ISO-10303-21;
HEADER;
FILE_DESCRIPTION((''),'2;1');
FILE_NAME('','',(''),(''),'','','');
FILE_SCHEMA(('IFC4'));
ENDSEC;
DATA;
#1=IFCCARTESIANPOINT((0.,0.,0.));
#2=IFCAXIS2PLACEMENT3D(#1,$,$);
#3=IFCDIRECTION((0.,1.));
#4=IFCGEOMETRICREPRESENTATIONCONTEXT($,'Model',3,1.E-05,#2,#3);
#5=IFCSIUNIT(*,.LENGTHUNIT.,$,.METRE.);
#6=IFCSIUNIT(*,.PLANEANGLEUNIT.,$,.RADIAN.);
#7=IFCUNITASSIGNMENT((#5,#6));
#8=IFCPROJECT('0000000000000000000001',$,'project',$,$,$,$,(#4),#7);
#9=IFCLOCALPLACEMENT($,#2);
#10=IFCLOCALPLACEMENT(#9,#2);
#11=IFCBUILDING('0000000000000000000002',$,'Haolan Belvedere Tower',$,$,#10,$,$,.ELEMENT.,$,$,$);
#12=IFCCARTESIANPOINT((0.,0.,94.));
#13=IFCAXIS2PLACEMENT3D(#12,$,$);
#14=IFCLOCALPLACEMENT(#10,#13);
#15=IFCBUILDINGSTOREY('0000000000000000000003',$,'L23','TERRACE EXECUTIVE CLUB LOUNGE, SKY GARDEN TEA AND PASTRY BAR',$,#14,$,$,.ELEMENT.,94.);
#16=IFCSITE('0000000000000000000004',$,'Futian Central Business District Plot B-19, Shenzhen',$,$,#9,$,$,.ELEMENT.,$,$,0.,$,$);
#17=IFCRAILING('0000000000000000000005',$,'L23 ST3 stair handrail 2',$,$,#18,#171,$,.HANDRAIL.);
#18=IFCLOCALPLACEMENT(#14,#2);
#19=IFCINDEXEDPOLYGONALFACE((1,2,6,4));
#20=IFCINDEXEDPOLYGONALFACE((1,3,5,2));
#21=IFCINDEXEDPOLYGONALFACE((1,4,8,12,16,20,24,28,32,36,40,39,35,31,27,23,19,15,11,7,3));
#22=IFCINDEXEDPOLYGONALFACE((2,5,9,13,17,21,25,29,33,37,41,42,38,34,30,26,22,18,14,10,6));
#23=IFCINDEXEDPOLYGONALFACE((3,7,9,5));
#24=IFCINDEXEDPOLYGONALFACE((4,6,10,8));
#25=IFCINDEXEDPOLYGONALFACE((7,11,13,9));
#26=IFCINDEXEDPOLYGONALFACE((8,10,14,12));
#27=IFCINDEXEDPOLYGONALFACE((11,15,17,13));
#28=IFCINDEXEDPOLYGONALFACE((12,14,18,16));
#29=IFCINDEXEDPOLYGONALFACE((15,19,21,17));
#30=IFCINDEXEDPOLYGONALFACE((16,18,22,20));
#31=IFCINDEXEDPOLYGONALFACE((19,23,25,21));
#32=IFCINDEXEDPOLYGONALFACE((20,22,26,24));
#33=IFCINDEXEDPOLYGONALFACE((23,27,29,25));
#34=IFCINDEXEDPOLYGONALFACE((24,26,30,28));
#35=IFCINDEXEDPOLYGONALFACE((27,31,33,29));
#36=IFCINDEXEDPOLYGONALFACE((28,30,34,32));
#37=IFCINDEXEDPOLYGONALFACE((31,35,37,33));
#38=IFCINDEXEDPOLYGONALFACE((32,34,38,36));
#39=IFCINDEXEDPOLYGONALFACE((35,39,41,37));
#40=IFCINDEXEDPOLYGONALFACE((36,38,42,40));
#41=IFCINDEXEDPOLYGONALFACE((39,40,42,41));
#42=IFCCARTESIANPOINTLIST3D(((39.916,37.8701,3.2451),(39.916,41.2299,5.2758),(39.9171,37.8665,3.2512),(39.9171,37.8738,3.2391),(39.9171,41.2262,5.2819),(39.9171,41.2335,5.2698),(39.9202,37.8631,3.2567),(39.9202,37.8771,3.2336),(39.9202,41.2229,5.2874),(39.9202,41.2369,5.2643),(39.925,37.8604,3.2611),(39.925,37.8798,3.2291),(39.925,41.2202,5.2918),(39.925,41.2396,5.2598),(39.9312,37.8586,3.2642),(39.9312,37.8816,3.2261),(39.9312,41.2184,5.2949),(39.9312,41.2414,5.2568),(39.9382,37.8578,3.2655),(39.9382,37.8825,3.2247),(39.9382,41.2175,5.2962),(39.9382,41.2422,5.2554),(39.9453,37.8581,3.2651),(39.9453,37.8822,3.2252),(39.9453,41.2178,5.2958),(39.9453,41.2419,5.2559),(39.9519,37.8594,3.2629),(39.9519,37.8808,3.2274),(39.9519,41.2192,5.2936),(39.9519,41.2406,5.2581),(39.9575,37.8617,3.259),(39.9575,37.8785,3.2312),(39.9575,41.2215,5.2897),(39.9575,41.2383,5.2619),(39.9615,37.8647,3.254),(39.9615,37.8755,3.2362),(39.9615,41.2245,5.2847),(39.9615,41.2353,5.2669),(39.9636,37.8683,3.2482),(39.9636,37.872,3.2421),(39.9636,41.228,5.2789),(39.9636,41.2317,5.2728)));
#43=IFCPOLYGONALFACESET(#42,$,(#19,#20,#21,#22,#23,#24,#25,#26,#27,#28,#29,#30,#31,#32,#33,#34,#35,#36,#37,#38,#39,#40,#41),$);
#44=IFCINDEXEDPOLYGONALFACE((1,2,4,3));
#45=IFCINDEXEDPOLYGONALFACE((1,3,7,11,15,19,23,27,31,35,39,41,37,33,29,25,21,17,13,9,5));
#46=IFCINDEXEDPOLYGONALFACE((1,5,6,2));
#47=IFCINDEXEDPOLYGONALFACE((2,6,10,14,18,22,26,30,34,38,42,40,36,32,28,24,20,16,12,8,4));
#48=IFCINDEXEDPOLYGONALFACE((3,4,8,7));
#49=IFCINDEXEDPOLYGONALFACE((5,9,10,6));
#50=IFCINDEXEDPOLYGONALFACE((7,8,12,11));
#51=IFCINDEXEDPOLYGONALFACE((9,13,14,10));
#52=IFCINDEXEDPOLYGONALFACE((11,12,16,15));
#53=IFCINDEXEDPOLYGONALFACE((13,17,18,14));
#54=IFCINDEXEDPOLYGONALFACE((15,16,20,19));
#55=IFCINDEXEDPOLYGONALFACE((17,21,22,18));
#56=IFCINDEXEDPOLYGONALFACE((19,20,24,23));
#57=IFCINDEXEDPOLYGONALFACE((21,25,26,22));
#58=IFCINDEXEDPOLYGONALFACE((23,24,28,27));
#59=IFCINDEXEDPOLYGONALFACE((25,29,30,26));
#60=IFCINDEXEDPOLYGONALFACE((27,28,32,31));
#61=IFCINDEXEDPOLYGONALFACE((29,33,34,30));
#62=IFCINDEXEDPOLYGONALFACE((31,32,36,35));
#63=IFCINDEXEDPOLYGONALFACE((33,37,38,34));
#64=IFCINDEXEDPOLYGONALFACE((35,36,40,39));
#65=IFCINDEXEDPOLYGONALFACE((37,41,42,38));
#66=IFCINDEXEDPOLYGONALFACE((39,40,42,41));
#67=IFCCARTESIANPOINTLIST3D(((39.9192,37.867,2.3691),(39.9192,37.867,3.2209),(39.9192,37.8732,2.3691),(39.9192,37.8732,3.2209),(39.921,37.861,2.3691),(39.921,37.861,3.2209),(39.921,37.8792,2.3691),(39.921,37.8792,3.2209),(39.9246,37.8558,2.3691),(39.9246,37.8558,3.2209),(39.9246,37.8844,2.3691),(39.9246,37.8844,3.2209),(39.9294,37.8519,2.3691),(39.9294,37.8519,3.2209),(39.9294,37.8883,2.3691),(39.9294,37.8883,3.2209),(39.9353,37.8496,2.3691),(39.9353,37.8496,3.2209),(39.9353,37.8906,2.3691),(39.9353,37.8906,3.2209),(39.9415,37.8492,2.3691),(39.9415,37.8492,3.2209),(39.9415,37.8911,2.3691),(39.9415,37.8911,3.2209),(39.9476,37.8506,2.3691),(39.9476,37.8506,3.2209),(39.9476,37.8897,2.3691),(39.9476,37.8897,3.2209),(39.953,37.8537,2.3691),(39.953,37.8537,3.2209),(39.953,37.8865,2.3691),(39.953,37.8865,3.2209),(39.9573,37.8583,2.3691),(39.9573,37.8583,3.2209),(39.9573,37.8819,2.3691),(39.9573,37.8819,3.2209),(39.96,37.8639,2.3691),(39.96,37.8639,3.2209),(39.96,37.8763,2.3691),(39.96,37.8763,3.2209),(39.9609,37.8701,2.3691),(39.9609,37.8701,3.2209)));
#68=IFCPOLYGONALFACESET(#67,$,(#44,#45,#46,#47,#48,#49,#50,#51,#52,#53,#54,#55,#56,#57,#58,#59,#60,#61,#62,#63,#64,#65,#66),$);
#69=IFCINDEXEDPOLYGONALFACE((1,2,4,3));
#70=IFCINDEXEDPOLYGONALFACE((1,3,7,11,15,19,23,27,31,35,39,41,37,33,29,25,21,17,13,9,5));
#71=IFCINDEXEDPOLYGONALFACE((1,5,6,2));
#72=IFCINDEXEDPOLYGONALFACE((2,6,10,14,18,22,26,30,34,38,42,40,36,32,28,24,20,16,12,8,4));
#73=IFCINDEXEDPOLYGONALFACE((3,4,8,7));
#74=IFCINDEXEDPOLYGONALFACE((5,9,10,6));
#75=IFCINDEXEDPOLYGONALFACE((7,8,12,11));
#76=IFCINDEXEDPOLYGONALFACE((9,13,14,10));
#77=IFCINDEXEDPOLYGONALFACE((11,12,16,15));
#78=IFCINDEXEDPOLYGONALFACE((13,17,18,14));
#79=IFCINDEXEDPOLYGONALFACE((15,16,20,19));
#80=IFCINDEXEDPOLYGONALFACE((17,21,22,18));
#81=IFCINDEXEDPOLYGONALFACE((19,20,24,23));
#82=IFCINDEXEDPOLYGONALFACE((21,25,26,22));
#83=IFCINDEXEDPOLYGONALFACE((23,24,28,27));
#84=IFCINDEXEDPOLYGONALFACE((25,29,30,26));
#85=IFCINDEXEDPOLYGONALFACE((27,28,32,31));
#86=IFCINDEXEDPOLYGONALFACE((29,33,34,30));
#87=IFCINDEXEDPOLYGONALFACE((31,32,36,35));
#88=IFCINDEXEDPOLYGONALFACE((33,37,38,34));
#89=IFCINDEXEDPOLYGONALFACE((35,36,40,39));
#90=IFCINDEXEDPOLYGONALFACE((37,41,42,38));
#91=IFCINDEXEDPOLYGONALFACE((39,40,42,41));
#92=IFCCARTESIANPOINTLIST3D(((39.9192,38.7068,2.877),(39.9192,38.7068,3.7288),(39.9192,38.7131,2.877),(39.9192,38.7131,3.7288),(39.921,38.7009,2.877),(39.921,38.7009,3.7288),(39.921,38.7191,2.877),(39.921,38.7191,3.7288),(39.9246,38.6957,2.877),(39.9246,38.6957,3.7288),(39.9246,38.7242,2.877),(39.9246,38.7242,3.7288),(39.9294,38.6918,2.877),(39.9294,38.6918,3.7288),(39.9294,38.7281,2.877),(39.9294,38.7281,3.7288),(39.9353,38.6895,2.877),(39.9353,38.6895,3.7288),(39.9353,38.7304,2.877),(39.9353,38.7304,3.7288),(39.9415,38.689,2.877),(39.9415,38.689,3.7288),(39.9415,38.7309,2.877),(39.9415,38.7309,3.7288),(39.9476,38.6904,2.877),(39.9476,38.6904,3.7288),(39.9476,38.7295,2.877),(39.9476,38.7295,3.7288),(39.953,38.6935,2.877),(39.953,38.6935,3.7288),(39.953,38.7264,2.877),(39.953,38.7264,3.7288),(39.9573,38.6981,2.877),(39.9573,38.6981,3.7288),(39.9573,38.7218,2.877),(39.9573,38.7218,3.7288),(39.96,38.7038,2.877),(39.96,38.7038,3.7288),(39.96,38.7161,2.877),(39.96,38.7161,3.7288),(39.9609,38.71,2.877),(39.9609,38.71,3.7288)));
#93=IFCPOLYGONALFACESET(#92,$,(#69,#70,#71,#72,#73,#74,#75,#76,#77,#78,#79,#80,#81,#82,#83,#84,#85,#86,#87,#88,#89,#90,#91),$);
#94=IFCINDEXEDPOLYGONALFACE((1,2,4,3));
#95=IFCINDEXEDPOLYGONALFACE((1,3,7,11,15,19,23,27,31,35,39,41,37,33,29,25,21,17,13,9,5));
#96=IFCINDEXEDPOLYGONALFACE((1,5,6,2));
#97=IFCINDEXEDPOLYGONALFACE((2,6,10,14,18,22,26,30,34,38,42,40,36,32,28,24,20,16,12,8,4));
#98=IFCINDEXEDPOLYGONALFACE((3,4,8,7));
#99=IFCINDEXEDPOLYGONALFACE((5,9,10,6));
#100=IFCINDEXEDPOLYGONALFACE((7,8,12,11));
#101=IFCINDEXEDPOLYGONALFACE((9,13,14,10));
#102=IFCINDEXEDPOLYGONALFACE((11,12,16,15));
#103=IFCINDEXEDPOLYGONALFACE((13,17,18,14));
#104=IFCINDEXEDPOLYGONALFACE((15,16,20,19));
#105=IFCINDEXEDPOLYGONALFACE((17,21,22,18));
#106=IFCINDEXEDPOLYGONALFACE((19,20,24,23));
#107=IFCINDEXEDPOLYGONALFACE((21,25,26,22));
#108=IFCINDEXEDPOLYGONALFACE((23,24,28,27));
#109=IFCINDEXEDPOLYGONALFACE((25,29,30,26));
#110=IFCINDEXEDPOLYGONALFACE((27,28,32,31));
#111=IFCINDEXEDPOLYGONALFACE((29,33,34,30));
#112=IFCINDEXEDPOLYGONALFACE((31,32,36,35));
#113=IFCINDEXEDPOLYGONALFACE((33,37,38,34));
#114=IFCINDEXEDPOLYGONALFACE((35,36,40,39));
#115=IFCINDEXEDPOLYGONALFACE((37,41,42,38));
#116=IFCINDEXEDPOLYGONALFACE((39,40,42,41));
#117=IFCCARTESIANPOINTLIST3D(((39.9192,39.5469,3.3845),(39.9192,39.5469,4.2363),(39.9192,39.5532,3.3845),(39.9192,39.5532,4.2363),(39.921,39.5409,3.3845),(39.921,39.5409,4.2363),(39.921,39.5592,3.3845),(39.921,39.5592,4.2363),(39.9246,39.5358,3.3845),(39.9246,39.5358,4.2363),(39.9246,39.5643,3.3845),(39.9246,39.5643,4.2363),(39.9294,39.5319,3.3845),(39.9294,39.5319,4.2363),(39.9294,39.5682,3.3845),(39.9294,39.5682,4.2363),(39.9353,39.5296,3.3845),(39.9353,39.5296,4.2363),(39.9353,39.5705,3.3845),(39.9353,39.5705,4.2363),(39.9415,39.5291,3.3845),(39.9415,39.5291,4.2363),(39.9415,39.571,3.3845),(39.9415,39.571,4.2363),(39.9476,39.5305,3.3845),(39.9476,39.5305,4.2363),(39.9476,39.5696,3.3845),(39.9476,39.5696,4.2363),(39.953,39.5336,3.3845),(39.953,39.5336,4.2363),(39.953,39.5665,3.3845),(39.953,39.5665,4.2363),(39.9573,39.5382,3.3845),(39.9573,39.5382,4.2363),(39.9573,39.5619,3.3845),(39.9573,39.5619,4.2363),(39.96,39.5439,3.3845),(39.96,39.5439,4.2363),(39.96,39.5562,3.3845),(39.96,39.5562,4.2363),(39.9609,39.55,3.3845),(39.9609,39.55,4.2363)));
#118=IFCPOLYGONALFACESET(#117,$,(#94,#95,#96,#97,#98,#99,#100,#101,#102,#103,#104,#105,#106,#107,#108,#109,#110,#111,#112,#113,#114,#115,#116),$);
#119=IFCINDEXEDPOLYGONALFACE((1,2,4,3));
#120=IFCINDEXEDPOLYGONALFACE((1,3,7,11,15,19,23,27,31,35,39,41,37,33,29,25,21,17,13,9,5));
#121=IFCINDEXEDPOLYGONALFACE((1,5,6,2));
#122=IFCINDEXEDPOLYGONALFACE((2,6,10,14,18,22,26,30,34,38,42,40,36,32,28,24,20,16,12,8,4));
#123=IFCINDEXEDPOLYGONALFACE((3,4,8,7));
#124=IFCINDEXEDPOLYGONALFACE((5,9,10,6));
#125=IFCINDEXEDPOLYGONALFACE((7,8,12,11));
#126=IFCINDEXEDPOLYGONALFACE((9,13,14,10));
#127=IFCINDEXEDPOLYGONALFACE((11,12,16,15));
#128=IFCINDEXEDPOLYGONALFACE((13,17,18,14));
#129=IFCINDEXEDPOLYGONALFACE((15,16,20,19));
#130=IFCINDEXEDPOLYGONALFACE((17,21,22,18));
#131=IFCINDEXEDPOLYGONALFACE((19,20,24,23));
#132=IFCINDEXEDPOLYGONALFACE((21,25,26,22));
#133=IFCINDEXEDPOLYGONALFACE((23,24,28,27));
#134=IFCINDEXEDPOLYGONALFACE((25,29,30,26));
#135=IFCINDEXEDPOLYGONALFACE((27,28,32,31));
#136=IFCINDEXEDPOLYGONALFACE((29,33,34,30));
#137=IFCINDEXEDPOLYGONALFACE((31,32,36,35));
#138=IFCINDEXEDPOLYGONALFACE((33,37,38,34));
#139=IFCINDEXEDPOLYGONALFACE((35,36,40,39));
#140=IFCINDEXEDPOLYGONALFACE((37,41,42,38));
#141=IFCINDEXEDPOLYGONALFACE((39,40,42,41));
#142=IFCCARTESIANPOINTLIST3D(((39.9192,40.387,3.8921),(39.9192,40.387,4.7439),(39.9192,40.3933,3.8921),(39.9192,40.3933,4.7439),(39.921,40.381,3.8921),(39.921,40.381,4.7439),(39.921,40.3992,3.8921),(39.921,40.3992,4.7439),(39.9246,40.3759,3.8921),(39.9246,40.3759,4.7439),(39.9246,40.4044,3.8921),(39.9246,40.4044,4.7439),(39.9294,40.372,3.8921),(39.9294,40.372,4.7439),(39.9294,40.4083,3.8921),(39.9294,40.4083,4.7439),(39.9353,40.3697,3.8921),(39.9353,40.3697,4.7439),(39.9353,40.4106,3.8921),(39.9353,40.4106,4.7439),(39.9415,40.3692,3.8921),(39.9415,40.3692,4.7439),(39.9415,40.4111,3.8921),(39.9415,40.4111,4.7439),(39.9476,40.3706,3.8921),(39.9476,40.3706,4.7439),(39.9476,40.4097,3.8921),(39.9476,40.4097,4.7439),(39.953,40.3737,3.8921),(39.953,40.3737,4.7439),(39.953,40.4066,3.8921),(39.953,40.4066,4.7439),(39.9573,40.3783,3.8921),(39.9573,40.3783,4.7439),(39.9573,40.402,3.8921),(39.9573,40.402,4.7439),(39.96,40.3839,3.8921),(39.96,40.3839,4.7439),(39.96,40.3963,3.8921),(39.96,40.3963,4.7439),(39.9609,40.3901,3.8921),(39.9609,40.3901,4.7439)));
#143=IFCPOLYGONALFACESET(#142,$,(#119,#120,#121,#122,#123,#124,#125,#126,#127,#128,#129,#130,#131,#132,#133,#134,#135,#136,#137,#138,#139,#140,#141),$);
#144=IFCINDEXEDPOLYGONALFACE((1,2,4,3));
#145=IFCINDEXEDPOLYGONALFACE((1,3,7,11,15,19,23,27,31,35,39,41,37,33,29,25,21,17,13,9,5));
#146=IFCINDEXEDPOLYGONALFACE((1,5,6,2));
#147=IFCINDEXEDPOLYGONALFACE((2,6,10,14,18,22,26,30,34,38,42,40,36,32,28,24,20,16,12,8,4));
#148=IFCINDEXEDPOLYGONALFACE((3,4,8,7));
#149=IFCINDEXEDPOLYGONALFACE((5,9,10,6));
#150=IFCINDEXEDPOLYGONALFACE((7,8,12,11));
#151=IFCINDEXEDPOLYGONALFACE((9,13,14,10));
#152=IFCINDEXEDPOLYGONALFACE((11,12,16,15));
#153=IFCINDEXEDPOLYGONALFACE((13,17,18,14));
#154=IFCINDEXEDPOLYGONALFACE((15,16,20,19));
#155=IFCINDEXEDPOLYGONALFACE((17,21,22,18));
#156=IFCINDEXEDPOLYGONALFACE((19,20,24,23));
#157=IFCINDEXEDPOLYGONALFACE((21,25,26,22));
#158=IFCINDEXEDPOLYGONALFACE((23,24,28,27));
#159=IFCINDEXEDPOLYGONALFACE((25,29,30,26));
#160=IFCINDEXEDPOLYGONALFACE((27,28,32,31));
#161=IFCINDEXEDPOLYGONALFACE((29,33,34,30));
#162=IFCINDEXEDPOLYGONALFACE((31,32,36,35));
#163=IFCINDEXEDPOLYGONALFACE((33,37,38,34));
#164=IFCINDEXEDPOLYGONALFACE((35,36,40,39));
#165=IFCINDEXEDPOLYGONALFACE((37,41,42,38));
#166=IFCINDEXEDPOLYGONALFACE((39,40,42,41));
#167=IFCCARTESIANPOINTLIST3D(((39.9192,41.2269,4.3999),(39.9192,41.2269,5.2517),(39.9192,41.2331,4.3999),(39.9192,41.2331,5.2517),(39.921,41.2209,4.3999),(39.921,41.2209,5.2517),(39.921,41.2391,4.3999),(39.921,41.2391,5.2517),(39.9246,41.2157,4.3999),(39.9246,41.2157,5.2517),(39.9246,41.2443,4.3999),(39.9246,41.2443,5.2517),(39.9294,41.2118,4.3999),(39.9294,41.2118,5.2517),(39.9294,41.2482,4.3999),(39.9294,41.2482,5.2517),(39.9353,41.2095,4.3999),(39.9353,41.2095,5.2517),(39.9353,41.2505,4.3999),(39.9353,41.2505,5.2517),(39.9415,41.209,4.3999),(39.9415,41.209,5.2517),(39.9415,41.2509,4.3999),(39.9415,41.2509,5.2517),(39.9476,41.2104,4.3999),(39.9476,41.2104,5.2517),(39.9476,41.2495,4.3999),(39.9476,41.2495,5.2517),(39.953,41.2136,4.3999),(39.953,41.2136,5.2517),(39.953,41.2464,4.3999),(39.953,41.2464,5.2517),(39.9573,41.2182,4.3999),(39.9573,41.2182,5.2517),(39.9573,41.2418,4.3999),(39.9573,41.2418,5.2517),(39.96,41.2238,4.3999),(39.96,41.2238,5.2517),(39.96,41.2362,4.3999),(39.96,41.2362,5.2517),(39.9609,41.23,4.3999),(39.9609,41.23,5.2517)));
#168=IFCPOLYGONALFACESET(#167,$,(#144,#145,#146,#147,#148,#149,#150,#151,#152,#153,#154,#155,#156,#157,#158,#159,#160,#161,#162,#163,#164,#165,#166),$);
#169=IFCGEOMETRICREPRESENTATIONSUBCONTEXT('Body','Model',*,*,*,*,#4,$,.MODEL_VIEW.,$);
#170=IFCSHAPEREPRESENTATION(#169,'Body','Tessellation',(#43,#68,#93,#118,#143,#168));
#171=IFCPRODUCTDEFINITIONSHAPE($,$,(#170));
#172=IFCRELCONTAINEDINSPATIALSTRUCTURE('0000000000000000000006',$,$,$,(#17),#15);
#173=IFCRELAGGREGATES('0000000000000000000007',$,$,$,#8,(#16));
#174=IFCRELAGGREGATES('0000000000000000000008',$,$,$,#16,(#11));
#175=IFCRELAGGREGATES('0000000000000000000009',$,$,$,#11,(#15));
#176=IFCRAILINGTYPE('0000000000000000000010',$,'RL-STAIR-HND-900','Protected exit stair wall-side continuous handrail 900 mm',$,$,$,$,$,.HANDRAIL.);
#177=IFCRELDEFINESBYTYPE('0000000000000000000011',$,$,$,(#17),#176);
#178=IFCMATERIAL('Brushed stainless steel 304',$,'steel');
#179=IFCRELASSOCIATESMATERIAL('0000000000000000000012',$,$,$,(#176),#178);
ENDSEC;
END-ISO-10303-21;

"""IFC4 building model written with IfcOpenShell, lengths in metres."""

from ifc_helpers import new_model, si_unit, direction, frame, origin, origin_2d, place, context, subcontext, project, spatial, circle, extrude, material, type_object, element, save


model = new_model("IFC4")

# Units and contexts
model_context = context("Model", 3, precision=1e-05, world=origin(), true_north=direction((0.0, 1.0)))
body_context = subcontext(model_context, "Body", "Model", "MODEL_VIEW")
ifc_project = project(units=[si_unit("LENGTHUNIT", "METRE"), si_unit("PLANEANGLEUNIT", "RADIAN")], contexts=[model_context])

# Site, building, storey
site_placement = place(None, origin())
site = spatial("IfcSite", under=ifc_project, at=site_placement, Name="Futian Central Business District Plot B-19, Shenzhen", CompositionType="ELEMENT", RefElevation=0.0)
building_placement = place(site_placement, origin())
building = spatial("IfcBuilding", under=site, at=building_placement, Name="Haolan Belvedere Tower", CompositionType="ELEMENT")
storey_placement = place(building_placement, frame((0.0, 0.0, 94.0)))
storey = spatial("IfcBuildingStorey", under=building, at=storey_placement, Name="L23", Description="TERRACE EXECUTIVE CLUB LOUNGE, SKY GARDEN TEA AND PASTRY BAR", CompositionType="ELEMENT", Elevation=94.0)

# Railing
ifc_material_1 = material(Name="Brushed stainless steel 304", Category="steel")
railing_type_1 = type_object("IfcRailingType", Name="RL-STAIR-HND-900", Description="Protected exit stair wall-side continuous handrail 900 mm", PredefinedType="HANDRAIL", material=ifc_material_1)
railing_1_placement = place(storey_placement, frame((39.9399, 37.8701, 2.3691)))
element("IfcRailing", 1, at=railing_1_placement, inside=storey, type_object=railing_type_1, Name="L23 ST3 stair handrail 2", PredefinedType="HANDRAIL", context=body_context, shape_type="SweptSolid", body=[
    extrude(circle(Radius=0.0239, at=origin_2d()), frame((0.0, 0.0, 0.876), z_axis=(0.0, 0.85582, 0.517273), x_axis=(-1.0, 0.0, 0.0)), (0.0, 0.0, 1.0), 3.9258),
    extrude(circle(Radius=0.021, at=origin_2d()), origin(), (0.0, 0.0, 1.0), 0.8518),
    extrude(circle(Radius=0.021, at=origin_2d()), frame((0.0, 0.8398, 0.5078)), (0.0, 0.0, 1.0), 0.8518),
    extrude(circle(Radius=0.021, at=origin_2d()), frame((0.0, 1.6799, 1.0154)), (0.0, 0.0, 1.0), 0.8518),
    extrude(circle(Radius=0.021, at=origin_2d()), frame((0.0, 2.52, 1.5229)), (0.0, 0.0, 1.0), 0.8518),
    extrude(circle(Radius=0.021, at=origin_2d()), frame((0.0, 3.3599, 2.0308)), (0.0, 0.0, 1.0), 0.8518),
])

save(model, "model.ifc")
